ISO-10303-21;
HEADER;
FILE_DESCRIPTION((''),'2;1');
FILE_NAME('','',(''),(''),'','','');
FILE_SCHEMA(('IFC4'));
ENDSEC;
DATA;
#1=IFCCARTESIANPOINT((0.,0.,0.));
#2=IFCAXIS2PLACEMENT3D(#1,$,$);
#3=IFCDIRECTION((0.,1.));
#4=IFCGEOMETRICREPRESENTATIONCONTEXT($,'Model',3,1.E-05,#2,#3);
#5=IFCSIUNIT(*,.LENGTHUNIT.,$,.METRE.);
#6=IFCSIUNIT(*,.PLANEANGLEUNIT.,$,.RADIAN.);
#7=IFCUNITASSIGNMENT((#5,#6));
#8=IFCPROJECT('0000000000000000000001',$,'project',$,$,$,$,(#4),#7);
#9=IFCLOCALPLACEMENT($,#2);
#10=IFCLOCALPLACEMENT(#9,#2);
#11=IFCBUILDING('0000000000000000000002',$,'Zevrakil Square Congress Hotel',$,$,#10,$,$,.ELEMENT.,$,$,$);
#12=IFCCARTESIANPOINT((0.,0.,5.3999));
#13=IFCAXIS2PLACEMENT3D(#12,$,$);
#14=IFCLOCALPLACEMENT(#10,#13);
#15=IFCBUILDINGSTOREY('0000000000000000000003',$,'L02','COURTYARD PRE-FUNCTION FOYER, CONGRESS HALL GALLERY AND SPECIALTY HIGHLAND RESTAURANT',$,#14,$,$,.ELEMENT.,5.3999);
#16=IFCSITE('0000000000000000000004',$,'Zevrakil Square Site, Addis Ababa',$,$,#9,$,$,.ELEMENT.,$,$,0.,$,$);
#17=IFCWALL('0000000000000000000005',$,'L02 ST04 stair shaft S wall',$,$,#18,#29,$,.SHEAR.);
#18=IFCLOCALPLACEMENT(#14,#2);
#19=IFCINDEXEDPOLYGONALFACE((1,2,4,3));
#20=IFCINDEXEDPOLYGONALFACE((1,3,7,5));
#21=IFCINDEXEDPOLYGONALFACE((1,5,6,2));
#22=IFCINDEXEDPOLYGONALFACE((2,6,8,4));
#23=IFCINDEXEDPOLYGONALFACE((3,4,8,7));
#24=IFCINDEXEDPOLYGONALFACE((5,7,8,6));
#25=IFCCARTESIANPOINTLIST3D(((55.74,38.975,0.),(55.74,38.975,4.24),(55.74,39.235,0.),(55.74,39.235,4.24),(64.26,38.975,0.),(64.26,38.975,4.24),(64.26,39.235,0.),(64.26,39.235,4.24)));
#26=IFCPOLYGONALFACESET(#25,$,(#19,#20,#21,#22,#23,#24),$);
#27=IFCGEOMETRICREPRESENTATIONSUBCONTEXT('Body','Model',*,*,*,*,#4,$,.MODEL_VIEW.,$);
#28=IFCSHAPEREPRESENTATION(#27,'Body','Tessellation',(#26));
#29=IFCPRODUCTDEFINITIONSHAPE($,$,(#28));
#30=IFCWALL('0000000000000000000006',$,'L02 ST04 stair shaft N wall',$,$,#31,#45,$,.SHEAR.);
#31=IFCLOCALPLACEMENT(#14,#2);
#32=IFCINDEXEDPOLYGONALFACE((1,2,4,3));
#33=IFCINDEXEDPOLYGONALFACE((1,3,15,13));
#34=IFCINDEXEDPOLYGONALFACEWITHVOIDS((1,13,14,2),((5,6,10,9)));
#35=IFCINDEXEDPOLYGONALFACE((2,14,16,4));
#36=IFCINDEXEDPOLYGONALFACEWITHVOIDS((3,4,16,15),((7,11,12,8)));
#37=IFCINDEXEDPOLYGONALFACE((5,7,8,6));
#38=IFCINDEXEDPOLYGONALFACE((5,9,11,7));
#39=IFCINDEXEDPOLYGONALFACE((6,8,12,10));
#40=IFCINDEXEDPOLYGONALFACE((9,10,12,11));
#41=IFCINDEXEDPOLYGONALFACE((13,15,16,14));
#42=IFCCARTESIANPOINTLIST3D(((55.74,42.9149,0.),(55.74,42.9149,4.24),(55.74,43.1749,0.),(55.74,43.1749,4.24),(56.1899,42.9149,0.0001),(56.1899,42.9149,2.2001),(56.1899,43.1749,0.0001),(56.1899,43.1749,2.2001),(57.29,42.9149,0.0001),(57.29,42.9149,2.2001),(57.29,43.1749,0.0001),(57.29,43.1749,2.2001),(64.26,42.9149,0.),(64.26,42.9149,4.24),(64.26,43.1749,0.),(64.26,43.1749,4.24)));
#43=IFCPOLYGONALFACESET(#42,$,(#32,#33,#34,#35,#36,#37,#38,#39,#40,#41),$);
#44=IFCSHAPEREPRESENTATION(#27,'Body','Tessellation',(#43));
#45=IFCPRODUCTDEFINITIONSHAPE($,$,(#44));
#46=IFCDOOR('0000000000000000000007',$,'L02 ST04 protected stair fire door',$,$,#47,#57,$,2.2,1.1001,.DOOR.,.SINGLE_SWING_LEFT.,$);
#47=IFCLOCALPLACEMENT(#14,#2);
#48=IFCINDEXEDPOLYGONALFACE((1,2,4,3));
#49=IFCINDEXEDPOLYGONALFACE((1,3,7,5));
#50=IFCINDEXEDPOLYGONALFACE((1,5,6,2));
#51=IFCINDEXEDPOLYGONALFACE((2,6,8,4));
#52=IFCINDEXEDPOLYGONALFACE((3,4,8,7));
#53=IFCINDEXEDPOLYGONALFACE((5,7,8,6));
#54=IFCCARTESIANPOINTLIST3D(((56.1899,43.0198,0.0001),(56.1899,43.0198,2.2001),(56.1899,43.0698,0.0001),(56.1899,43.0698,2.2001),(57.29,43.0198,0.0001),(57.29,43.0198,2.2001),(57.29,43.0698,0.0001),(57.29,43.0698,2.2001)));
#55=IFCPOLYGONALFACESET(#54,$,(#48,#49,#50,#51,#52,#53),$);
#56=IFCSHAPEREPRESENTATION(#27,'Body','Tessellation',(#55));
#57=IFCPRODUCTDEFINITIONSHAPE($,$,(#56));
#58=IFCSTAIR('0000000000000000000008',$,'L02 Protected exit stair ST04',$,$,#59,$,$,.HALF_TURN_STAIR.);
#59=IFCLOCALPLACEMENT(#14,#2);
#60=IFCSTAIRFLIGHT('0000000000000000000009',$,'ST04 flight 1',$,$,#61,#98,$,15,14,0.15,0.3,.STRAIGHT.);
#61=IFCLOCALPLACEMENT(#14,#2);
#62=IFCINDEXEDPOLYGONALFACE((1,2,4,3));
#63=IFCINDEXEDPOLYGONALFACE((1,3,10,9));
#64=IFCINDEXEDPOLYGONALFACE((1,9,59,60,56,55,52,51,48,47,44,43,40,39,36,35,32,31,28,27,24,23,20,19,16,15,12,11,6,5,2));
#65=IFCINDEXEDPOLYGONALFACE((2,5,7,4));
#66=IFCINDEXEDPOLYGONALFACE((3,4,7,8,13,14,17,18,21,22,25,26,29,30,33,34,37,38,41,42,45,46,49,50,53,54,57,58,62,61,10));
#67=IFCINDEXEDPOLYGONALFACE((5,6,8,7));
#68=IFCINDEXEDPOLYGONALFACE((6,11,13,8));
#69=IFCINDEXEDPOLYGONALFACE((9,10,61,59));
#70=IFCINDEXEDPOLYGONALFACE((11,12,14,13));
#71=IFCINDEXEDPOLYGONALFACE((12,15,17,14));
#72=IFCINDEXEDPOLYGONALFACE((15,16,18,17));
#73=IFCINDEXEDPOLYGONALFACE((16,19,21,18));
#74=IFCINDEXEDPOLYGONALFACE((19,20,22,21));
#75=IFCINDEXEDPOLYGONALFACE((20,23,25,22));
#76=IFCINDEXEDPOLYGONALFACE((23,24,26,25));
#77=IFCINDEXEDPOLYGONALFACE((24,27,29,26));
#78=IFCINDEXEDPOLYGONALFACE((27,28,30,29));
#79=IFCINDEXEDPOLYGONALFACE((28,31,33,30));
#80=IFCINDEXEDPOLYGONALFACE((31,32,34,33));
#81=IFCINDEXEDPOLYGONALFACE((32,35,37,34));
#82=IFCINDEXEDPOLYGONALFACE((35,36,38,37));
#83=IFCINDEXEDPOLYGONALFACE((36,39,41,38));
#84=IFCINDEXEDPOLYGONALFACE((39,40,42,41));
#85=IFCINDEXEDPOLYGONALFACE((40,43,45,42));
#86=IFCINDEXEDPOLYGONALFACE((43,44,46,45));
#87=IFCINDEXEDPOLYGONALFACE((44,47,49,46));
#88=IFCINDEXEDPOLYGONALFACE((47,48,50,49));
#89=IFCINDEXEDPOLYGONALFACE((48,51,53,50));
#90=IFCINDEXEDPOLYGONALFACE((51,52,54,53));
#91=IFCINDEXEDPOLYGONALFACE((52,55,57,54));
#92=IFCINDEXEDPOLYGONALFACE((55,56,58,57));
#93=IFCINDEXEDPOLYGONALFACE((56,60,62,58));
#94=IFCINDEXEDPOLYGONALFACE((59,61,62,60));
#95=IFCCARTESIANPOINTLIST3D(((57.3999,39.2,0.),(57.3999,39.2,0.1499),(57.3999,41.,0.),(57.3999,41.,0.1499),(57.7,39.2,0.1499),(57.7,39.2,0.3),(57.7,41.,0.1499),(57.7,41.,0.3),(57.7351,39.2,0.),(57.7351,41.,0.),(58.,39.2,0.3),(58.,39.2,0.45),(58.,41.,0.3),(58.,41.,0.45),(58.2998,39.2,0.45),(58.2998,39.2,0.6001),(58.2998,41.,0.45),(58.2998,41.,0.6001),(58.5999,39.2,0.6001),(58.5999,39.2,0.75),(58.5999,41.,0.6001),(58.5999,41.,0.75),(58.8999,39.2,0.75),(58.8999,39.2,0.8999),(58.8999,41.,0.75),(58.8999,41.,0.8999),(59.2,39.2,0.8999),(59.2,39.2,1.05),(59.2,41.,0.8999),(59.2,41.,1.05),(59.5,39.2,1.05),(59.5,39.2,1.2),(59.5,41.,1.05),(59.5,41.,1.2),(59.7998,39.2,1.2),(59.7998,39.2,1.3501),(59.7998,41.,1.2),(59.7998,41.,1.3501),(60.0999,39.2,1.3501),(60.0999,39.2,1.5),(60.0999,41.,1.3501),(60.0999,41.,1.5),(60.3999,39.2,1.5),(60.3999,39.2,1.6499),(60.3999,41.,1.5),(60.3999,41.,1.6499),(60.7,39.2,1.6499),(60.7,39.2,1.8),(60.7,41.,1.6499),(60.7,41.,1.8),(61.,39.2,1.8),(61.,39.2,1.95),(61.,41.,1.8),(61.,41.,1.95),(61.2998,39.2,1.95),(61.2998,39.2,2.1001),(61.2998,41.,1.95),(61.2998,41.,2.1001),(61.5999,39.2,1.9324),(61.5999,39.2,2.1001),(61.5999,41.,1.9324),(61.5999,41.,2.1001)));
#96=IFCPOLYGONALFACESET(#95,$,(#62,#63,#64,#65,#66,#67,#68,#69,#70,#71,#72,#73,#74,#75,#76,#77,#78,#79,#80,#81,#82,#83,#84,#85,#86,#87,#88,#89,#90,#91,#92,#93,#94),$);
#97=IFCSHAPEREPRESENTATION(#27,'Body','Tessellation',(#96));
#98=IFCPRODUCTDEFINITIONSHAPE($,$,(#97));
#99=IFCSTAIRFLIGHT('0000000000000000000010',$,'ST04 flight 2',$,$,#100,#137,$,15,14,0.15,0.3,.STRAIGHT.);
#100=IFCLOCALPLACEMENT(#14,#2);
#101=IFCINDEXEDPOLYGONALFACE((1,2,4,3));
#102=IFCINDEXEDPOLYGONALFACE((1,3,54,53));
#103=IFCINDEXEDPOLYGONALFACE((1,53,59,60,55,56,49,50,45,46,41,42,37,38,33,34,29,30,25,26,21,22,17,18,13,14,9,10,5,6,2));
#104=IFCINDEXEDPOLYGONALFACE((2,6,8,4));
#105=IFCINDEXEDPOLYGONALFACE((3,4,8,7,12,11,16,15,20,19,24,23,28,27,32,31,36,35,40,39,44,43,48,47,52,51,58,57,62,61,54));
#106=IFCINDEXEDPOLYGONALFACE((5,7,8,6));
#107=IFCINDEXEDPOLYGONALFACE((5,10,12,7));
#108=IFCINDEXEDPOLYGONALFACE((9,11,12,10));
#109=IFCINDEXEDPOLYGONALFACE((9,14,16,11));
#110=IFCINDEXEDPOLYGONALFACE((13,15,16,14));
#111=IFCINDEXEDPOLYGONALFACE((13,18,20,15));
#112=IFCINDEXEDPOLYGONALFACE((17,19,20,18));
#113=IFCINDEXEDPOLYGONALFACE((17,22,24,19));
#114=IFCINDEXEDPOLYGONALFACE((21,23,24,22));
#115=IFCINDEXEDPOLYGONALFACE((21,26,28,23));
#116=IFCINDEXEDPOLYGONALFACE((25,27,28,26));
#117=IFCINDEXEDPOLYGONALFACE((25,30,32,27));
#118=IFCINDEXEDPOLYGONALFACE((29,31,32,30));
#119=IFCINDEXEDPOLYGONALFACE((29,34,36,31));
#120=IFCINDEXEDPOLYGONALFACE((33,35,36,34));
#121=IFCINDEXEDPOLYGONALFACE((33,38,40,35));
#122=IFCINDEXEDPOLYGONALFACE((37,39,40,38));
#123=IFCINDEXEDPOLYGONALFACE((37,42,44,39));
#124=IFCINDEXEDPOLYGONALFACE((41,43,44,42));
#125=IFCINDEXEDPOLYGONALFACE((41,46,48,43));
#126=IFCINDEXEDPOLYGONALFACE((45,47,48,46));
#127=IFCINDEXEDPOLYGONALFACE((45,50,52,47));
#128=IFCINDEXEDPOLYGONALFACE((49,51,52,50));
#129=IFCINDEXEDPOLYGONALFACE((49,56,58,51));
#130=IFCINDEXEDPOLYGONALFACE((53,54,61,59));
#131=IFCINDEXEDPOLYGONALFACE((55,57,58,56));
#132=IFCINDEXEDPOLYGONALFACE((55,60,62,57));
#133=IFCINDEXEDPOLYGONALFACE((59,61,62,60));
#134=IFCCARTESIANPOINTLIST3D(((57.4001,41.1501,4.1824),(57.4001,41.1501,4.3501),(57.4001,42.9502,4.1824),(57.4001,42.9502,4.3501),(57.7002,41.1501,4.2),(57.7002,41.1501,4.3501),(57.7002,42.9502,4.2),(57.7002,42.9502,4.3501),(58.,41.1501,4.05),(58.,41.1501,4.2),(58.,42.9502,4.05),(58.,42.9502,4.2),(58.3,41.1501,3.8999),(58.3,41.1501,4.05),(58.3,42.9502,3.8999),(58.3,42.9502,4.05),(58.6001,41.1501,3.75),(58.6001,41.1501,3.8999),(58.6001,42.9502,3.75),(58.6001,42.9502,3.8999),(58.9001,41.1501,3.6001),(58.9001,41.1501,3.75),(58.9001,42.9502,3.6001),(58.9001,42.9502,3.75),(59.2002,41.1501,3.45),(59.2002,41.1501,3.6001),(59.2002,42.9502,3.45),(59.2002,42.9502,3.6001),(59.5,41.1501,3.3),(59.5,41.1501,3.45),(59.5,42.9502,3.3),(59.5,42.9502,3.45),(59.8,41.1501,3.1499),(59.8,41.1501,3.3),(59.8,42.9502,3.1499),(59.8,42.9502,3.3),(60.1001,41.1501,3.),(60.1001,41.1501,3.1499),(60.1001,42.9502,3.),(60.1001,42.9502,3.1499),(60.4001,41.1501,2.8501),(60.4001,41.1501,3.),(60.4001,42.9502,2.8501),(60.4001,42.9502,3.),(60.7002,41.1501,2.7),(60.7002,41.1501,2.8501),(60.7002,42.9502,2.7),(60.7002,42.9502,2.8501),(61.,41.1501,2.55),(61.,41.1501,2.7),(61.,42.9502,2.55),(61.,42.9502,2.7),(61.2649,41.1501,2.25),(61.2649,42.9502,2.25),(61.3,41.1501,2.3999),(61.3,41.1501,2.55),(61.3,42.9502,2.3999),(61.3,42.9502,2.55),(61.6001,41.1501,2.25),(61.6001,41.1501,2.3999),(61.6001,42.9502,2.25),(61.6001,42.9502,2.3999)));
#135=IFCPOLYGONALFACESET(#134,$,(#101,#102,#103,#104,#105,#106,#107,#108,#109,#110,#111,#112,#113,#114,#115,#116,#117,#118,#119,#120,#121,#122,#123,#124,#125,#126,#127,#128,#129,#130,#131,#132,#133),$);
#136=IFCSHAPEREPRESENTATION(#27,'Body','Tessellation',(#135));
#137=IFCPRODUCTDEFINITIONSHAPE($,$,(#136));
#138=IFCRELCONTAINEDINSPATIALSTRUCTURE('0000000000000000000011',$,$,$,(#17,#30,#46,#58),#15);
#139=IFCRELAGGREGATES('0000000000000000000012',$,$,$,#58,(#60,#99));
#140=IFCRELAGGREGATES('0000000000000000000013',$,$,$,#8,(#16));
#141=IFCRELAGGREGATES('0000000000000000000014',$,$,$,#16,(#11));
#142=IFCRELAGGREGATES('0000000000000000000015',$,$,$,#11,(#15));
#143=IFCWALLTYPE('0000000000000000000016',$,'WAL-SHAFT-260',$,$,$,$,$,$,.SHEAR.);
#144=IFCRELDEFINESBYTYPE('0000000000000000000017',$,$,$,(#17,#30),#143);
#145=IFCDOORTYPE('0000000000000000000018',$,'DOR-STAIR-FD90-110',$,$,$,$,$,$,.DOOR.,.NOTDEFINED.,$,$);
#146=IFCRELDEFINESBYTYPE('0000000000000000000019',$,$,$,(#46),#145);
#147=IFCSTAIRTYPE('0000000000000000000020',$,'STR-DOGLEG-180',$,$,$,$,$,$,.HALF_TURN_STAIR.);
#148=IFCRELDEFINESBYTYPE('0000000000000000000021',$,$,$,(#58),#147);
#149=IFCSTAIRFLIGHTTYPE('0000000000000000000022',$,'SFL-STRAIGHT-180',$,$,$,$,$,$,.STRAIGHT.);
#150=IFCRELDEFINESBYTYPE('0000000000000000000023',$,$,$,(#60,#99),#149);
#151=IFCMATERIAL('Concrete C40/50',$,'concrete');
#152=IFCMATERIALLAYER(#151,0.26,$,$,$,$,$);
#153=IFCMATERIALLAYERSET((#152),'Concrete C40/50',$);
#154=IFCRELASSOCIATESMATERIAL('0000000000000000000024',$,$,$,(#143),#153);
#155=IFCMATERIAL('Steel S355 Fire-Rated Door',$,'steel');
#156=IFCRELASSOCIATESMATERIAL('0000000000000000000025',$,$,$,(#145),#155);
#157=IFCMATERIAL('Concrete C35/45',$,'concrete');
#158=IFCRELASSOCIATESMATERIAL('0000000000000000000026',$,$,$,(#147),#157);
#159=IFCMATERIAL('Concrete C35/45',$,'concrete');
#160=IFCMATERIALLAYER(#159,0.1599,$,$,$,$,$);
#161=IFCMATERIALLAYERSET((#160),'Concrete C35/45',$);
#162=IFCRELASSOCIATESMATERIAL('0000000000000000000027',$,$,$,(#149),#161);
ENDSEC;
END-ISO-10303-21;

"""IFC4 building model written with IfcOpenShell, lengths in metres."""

from ifc_helpers import new_model, si_unit, direction, frame, frame_2d, origin, place, context, subcontext, project, spatial, polyline, rectangle, outline, extrude, material, layer, layer_set, type_object, element, fill, aggregate, save


model = new_model("IFC4")

# Units and contexts
model_context = context("Model", 3, precision=1e-05, world=origin(), true_north=direction((0.0, 1.0)))
body_context = subcontext(model_context, "Body", "Model", "MODEL_VIEW")
ifc_project = project(units=[si_unit("LENGTHUNIT", "METRE"), si_unit("PLANEANGLEUNIT", "RADIAN")], contexts=[model_context])

# Site, building, storey
site_placement = place(None, origin())
site = spatial("IfcSite", under=ifc_project, at=site_placement, Name="Zevrakil Square Site, Addis Ababa", CompositionType="ELEMENT", RefElevation=0.0)
building_placement = place(site_placement, origin())
building = spatial("IfcBuilding", under=site, at=building_placement, Name="Zevrakil Square Congress Hotel", CompositionType="ELEMENT")
storey_placement = place(building_placement, frame((0.0, 0.0, 5.3999)))
storey = spatial("IfcBuildingStorey", under=building, at=storey_placement, Name="L02", Description="COURTYARD PRE-FUNCTION FOYER, CONGRESS HALL GALLERY AND SPECIALTY HIGHLAND RESTAURANT", CompositionType="ELEMENT", Elevation=5.3999)

# Wall
ifc_material_1 = material(Name="Concrete C40/50", Category="concrete")
ifc_layer_1 = layer(ifc_material_1, 0.26)
ifc_layer_set_1 = layer_set([ifc_layer_1], Name="Concrete C40/50")
wall_type = type_object("IfcWallType", Name="WAL-SHAFT-260", PredefinedType="SHEAR", material=ifc_layer_set_1)
wall_1_placement = place(storey_placement, frame((55.74, 39.105, 0.0), z_axis=(0.0, 0.0, 1.0), x_axis=(1.0, 0.0, 0.0)))
element("IfcWall", 1, at=wall_1_placement, inside=storey, type_object=wall_type, Name="L02 ST04 stair shaft S wall", PredefinedType="SHEAR", context=body_context, shape_type="SweptSolid", body=[
    extrude(rectangle(XDim=8.52, YDim=0.26, at=frame_2d((4.26, 0.0))), origin(), (0.0, 0.0, 1.0), 4.24),
])

# Wall, opening, door
wall_2_placement = place(storey_placement, frame((55.74, 43.0449, 0.0), z_axis=(0.0, 0.0, 1.0), x_axis=(1.0, 0.0, 0.0)))
wall_2 = element("IfcWall", 2, at=wall_2_placement, inside=storey, type_object=wall_type, Name="L02 ST04 stair shaft N wall", PredefinedType="SHEAR", context=body_context, shape_type="SweptSolid", body=[
    extrude(rectangle(XDim=8.52, YDim=0.26, at=frame_2d((4.26, 0.0))), origin(), (0.0, 0.0, 1.0), 4.24),
])
opening_placement = place(wall_2_placement, frame((0.45, 0.0, 0.0)))
opening = element("IfcOpeningElement", 3, at=opening_placement, cuts=wall_2, PredefinedType="OPENING", context=body_context, shape_type="SweptSolid", body=[
    extrude(rectangle(XDim=1.1001, YDim=2.2, at=frame_2d((0.55, 1.1001))), frame((0.0, 0.1401, 0.0), z_axis=(0.0, -1.0, 0.0), x_axis=(1.0, 0.0, 0.0)), (0.0, 0.0, 1.0), 0.28),
])
ifc_material_2 = material(Name="Steel S355 Fire-Rated Door", Category="steel")
door_type = type_object("IfcDoorType", Name="DOR-STAIR-FD90-110", OperationType="NOTDEFINED", PredefinedType="DOOR", material=ifc_material_2)
door_placement = place(opening_placement, origin())
door = element("IfcDoor", 4, at=door_placement, inside=storey, type_object=door_type, Name="L02 ST04 protected stair fire door", OperationType="SINGLE_SWING_LEFT", OverallHeight=2.2, OverallWidth=1.1001, PredefinedType="DOOR", context=body_context, shape_type="SweptSolid", body=[
    extrude(rectangle(XDim=1.1001, YDim=2.2, at=frame_2d((0.55, 1.1001))), frame((0.0, 0.0249, 0.0), z_axis=(0.0, -1.0, 0.0), x_axis=(1.0, 0.0, 0.0)), (0.0, 0.0, 1.0), 0.05),
])
fill(opening, door)

# Stair, stair flights
ifc_material_3 = material(Name="Concrete C35/45", Category="concrete")
stair_type = type_object("IfcStairType", Name="STR-DOGLEG-180", PredefinedType="HALF_TURN_STAIR", material=ifc_material_3)
stair_placement = place(storey_placement, origin())
stair = element("IfcStair", 5, at=stair_placement, inside=storey, type_object=stair_type, Name="L02 Protected exit stair ST04", PredefinedType="HALF_TURN_STAIR")
ifc_material_4 = material(Name="Concrete C35/45", Category="concrete")
ifc_layer_2 = layer(ifc_material_4, 0.1599)
ifc_layer_set_2 = layer_set([ifc_layer_2], Name="Concrete C35/45")
stair_flight_type = type_object("IfcStairFlightType", Name="SFL-STRAIGHT-180", PredefinedType="STRAIGHT", material=ifc_layer_set_2)
stair_flight_1_placement = place(storey_placement, frame((57.3999, 40.1001, 0.0), z_axis=(0.0, 0.0, 1.0), x_axis=(1.0, 0.0, 0.0)))
stair_flight_1 = element("IfcStairFlight", 6, at=stair_flight_1_placement, type_object=stair_flight_type, Name="ST04 flight 1", NumberOfRisers=15, NumberOfTreads=14, PredefinedType="STRAIGHT", RiserHeight=0.15, TreadLength=0.3, context=body_context, shape_type="SweptSolid", body=[
    extrude(outline(polyline([(0.0, 0.0), (0.0, 0.1499), (0.3, 0.1499), (0.3, 0.3), (0.6001, 0.3), (0.6001, 0.45), (0.8999, 0.45), (0.8999, 0.6001), (1.2, 0.6001), (1.2, 0.75), (1.5, 0.75), (1.5, 0.8999), (1.8, 0.8999), (1.8, 1.05), (2.1001, 1.05), (2.1001, 1.2), (2.3999, 1.2), (2.3999, 1.3501), (2.7, 1.3501), (2.7, 1.5), (3.0, 1.5), (3.0, 1.6499), (3.3, 1.6499), (3.3, 1.8), (3.6001, 1.8), (3.6001, 1.95), (3.8999, 1.95), (3.8999, 2.1001), (4.2, 2.1001), (4.2, 2.25), (4.2, 1.9324), (0.3352, 0.0), (0.0, 0.0)])), frame((0.0, 0.8999, 0.0), z_axis=(0.0, -1.0, 0.0), x_axis=(1.0, 0.0, 0.0)), (0.0, 0.0, 1.0), 1.8),
])
stair_flight_2_placement = place(storey_placement, frame((61.6001, 42.05, 2.25), z_axis=(0.0, 0.0, 1.0), x_axis=(-1.0, 0.0, 0.0)))
stair_flight_2 = element("IfcStairFlight", 7, at=stair_flight_2_placement, type_object=stair_flight_type, Name="ST04 flight 2", NumberOfRisers=15, NumberOfTreads=14, PredefinedType="STRAIGHT", RiserHeight=0.15, TreadLength=0.3, context=body_context, shape_type="SweptSolid", body=[
    extrude(outline(polyline([(0.0, 0.0), (0.0, 0.1499), (0.3, 0.1499), (0.3, 0.3), (0.6001, 0.3), (0.6001, 0.45), (0.8999, 0.45), (0.8999, 0.6001), (1.2, 0.6001), (1.2, 0.75), (1.5, 0.75), (1.5, 0.8999), (1.8, 0.8999), (1.8, 1.05), (2.1001, 1.05), (2.1001, 1.2), (2.3999, 1.2), (2.3999, 1.3501), (2.7, 1.3501), (2.7, 1.5), (3.0, 1.5), (3.0, 1.6499), (3.3, 1.6499), (3.3, 1.8), (3.6001, 1.8), (3.6001, 1.95), (3.8999, 1.95), (3.8999, 2.1001), (4.2, 2.1001), (4.2, 2.25), (4.2, 1.9324), (0.3352, 0.0), (0.0, 0.0)])), frame((0.0, 0.8999, 0.0), z_axis=(0.0, -1.0, 0.0), x_axis=(1.0, 0.0, 0.0)), (0.0, 0.0, 1.0), 1.8),
])
aggregate(stair, [stair_flight_1, stair_flight_2])

save(model, "model.ifc")
